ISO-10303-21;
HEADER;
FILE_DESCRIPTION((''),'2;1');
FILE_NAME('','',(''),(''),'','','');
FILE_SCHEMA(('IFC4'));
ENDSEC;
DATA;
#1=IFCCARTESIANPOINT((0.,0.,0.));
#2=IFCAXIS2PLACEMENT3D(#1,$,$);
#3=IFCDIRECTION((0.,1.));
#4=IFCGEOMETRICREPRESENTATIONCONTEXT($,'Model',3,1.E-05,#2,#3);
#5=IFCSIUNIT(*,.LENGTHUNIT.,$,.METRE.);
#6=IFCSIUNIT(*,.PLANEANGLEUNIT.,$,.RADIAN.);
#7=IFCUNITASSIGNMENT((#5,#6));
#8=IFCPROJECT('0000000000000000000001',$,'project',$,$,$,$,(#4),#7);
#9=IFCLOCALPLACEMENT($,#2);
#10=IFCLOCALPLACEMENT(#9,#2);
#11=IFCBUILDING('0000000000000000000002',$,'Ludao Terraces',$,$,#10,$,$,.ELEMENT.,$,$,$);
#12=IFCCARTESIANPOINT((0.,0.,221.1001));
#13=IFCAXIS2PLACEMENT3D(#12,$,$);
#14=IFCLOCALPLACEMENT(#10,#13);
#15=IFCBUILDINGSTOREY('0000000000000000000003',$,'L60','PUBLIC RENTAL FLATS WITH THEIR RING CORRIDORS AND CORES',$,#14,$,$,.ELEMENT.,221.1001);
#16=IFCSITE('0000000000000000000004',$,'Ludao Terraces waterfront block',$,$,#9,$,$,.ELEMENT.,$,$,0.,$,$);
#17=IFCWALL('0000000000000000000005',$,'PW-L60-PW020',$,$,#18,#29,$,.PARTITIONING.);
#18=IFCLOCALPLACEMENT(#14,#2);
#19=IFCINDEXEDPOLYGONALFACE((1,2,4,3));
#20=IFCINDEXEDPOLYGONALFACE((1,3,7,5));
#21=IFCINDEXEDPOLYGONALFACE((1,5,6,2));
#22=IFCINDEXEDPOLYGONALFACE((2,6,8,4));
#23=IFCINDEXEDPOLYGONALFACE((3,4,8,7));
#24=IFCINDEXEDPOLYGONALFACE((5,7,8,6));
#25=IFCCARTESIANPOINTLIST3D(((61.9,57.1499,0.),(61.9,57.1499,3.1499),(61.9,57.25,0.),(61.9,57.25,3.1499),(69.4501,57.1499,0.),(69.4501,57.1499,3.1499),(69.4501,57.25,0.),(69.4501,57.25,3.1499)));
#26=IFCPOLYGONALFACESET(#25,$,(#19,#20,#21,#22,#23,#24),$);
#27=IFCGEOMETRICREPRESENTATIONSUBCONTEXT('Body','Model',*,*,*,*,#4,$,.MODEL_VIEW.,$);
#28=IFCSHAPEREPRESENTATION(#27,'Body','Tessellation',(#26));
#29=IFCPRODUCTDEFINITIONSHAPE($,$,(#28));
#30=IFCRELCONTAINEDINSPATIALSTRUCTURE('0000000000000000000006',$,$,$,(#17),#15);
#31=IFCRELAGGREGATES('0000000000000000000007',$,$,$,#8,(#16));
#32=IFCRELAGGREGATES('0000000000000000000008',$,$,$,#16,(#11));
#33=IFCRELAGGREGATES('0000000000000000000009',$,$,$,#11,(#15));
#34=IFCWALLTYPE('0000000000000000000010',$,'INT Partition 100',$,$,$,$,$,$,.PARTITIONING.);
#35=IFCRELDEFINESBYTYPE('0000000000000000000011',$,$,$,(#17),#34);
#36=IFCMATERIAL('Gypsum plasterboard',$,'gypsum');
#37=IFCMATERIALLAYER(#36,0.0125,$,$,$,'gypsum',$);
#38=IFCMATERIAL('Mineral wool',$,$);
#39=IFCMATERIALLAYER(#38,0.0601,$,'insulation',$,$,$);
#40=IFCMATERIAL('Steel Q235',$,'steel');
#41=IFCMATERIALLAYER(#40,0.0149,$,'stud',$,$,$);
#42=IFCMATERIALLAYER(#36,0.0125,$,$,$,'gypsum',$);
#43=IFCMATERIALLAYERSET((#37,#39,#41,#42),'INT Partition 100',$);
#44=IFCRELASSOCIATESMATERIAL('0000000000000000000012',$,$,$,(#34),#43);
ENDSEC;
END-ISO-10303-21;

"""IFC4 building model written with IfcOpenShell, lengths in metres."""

from ifc_helpers import new_model, si_unit, direction, frame, frame_2d, origin, place, context, subcontext, project, spatial, rectangle, extrude, material, layer, layer_set, type_object, element, save


model = new_model("IFC4")

# Units and contexts
model_context = context("Model", 3, precision=1e-05, world=origin(), true_north=direction((0.0, 1.0)))
body_context = subcontext(model_context, "Body", "Model", "MODEL_VIEW")
ifc_project = project(units=[si_unit("LENGTHUNIT", "METRE"), si_unit("PLANEANGLEUNIT", "RADIAN")], contexts=[model_context])

# Site, building, storey
site_placement = place(None, origin())
site = spatial("IfcSite", under=ifc_project, at=site_placement, Name="Ludao Terraces waterfront block", CompositionType="ELEMENT", RefElevation=0.0)
building_placement = place(site_placement, origin())
building = spatial("IfcBuilding", under=site, at=building_placement, Name="Ludao Terraces", CompositionType="ELEMENT")
storey_placement = place(building_placement, frame((0.0, 0.0, 221.1001)))
storey = spatial("IfcBuildingStorey", under=building, at=storey_placement, Name="L60", Description="PUBLIC RENTAL FLATS WITH THEIR RING CORRIDORS AND CORES", CompositionType="ELEMENT", Elevation=221.1001)

# Shared definitions
ifc_material_1 = material(Name="Mineral wool")

# Shared definitions
ifc_material_2 = material(Name="Gypsum plasterboard", Category="gypsum")
ifc_layer_1 = layer(ifc_material_2, 0.0125, Category="gypsum")
ifc_layer_2 = layer(ifc_material_1, 0.0601, Name="insulation")
ifc_material_3 = material(Name="Steel Q235", Category="steel")
ifc_layer_3 = layer(ifc_material_3, 0.0149, Name="stud")
ifc_layer_4 = layer(ifc_material_2, 0.0125, Category="gypsum")
ifc_layer_set_1 = layer_set([ifc_layer_1, ifc_layer_2, ifc_layer_3, ifc_layer_4], Name="INT Partition 100")
wall_type_1 = type_object("IfcWallType", Name="INT Partition 100", PredefinedType="PARTITIONING", material=ifc_layer_set_1)

# Wall
for number, where, z_axis, x_axis, name in (
    (1, (61.9001, 57.2, 0.0), (0.0, 0.0, 1.0), (1.0, 0.0, 0.0), "PW-L60-PW020"),
):
    element("IfcWall", number, at=place(storey_placement, frame(where, z_axis=z_axis, x_axis=x_axis)), inside=storey, type_object=wall_type_1, Name=name, PredefinedType="PARTITIONING", context=body_context, shape_type="SweptSolid", body=[
        extrude(rectangle(XDim=7.55, YDim=0.1001, at=frame_2d((3.7749, 0.0))), origin(), (0.0, 0.0, 1.0), 3.1499),
    ])

save(model, "model.ifc")
